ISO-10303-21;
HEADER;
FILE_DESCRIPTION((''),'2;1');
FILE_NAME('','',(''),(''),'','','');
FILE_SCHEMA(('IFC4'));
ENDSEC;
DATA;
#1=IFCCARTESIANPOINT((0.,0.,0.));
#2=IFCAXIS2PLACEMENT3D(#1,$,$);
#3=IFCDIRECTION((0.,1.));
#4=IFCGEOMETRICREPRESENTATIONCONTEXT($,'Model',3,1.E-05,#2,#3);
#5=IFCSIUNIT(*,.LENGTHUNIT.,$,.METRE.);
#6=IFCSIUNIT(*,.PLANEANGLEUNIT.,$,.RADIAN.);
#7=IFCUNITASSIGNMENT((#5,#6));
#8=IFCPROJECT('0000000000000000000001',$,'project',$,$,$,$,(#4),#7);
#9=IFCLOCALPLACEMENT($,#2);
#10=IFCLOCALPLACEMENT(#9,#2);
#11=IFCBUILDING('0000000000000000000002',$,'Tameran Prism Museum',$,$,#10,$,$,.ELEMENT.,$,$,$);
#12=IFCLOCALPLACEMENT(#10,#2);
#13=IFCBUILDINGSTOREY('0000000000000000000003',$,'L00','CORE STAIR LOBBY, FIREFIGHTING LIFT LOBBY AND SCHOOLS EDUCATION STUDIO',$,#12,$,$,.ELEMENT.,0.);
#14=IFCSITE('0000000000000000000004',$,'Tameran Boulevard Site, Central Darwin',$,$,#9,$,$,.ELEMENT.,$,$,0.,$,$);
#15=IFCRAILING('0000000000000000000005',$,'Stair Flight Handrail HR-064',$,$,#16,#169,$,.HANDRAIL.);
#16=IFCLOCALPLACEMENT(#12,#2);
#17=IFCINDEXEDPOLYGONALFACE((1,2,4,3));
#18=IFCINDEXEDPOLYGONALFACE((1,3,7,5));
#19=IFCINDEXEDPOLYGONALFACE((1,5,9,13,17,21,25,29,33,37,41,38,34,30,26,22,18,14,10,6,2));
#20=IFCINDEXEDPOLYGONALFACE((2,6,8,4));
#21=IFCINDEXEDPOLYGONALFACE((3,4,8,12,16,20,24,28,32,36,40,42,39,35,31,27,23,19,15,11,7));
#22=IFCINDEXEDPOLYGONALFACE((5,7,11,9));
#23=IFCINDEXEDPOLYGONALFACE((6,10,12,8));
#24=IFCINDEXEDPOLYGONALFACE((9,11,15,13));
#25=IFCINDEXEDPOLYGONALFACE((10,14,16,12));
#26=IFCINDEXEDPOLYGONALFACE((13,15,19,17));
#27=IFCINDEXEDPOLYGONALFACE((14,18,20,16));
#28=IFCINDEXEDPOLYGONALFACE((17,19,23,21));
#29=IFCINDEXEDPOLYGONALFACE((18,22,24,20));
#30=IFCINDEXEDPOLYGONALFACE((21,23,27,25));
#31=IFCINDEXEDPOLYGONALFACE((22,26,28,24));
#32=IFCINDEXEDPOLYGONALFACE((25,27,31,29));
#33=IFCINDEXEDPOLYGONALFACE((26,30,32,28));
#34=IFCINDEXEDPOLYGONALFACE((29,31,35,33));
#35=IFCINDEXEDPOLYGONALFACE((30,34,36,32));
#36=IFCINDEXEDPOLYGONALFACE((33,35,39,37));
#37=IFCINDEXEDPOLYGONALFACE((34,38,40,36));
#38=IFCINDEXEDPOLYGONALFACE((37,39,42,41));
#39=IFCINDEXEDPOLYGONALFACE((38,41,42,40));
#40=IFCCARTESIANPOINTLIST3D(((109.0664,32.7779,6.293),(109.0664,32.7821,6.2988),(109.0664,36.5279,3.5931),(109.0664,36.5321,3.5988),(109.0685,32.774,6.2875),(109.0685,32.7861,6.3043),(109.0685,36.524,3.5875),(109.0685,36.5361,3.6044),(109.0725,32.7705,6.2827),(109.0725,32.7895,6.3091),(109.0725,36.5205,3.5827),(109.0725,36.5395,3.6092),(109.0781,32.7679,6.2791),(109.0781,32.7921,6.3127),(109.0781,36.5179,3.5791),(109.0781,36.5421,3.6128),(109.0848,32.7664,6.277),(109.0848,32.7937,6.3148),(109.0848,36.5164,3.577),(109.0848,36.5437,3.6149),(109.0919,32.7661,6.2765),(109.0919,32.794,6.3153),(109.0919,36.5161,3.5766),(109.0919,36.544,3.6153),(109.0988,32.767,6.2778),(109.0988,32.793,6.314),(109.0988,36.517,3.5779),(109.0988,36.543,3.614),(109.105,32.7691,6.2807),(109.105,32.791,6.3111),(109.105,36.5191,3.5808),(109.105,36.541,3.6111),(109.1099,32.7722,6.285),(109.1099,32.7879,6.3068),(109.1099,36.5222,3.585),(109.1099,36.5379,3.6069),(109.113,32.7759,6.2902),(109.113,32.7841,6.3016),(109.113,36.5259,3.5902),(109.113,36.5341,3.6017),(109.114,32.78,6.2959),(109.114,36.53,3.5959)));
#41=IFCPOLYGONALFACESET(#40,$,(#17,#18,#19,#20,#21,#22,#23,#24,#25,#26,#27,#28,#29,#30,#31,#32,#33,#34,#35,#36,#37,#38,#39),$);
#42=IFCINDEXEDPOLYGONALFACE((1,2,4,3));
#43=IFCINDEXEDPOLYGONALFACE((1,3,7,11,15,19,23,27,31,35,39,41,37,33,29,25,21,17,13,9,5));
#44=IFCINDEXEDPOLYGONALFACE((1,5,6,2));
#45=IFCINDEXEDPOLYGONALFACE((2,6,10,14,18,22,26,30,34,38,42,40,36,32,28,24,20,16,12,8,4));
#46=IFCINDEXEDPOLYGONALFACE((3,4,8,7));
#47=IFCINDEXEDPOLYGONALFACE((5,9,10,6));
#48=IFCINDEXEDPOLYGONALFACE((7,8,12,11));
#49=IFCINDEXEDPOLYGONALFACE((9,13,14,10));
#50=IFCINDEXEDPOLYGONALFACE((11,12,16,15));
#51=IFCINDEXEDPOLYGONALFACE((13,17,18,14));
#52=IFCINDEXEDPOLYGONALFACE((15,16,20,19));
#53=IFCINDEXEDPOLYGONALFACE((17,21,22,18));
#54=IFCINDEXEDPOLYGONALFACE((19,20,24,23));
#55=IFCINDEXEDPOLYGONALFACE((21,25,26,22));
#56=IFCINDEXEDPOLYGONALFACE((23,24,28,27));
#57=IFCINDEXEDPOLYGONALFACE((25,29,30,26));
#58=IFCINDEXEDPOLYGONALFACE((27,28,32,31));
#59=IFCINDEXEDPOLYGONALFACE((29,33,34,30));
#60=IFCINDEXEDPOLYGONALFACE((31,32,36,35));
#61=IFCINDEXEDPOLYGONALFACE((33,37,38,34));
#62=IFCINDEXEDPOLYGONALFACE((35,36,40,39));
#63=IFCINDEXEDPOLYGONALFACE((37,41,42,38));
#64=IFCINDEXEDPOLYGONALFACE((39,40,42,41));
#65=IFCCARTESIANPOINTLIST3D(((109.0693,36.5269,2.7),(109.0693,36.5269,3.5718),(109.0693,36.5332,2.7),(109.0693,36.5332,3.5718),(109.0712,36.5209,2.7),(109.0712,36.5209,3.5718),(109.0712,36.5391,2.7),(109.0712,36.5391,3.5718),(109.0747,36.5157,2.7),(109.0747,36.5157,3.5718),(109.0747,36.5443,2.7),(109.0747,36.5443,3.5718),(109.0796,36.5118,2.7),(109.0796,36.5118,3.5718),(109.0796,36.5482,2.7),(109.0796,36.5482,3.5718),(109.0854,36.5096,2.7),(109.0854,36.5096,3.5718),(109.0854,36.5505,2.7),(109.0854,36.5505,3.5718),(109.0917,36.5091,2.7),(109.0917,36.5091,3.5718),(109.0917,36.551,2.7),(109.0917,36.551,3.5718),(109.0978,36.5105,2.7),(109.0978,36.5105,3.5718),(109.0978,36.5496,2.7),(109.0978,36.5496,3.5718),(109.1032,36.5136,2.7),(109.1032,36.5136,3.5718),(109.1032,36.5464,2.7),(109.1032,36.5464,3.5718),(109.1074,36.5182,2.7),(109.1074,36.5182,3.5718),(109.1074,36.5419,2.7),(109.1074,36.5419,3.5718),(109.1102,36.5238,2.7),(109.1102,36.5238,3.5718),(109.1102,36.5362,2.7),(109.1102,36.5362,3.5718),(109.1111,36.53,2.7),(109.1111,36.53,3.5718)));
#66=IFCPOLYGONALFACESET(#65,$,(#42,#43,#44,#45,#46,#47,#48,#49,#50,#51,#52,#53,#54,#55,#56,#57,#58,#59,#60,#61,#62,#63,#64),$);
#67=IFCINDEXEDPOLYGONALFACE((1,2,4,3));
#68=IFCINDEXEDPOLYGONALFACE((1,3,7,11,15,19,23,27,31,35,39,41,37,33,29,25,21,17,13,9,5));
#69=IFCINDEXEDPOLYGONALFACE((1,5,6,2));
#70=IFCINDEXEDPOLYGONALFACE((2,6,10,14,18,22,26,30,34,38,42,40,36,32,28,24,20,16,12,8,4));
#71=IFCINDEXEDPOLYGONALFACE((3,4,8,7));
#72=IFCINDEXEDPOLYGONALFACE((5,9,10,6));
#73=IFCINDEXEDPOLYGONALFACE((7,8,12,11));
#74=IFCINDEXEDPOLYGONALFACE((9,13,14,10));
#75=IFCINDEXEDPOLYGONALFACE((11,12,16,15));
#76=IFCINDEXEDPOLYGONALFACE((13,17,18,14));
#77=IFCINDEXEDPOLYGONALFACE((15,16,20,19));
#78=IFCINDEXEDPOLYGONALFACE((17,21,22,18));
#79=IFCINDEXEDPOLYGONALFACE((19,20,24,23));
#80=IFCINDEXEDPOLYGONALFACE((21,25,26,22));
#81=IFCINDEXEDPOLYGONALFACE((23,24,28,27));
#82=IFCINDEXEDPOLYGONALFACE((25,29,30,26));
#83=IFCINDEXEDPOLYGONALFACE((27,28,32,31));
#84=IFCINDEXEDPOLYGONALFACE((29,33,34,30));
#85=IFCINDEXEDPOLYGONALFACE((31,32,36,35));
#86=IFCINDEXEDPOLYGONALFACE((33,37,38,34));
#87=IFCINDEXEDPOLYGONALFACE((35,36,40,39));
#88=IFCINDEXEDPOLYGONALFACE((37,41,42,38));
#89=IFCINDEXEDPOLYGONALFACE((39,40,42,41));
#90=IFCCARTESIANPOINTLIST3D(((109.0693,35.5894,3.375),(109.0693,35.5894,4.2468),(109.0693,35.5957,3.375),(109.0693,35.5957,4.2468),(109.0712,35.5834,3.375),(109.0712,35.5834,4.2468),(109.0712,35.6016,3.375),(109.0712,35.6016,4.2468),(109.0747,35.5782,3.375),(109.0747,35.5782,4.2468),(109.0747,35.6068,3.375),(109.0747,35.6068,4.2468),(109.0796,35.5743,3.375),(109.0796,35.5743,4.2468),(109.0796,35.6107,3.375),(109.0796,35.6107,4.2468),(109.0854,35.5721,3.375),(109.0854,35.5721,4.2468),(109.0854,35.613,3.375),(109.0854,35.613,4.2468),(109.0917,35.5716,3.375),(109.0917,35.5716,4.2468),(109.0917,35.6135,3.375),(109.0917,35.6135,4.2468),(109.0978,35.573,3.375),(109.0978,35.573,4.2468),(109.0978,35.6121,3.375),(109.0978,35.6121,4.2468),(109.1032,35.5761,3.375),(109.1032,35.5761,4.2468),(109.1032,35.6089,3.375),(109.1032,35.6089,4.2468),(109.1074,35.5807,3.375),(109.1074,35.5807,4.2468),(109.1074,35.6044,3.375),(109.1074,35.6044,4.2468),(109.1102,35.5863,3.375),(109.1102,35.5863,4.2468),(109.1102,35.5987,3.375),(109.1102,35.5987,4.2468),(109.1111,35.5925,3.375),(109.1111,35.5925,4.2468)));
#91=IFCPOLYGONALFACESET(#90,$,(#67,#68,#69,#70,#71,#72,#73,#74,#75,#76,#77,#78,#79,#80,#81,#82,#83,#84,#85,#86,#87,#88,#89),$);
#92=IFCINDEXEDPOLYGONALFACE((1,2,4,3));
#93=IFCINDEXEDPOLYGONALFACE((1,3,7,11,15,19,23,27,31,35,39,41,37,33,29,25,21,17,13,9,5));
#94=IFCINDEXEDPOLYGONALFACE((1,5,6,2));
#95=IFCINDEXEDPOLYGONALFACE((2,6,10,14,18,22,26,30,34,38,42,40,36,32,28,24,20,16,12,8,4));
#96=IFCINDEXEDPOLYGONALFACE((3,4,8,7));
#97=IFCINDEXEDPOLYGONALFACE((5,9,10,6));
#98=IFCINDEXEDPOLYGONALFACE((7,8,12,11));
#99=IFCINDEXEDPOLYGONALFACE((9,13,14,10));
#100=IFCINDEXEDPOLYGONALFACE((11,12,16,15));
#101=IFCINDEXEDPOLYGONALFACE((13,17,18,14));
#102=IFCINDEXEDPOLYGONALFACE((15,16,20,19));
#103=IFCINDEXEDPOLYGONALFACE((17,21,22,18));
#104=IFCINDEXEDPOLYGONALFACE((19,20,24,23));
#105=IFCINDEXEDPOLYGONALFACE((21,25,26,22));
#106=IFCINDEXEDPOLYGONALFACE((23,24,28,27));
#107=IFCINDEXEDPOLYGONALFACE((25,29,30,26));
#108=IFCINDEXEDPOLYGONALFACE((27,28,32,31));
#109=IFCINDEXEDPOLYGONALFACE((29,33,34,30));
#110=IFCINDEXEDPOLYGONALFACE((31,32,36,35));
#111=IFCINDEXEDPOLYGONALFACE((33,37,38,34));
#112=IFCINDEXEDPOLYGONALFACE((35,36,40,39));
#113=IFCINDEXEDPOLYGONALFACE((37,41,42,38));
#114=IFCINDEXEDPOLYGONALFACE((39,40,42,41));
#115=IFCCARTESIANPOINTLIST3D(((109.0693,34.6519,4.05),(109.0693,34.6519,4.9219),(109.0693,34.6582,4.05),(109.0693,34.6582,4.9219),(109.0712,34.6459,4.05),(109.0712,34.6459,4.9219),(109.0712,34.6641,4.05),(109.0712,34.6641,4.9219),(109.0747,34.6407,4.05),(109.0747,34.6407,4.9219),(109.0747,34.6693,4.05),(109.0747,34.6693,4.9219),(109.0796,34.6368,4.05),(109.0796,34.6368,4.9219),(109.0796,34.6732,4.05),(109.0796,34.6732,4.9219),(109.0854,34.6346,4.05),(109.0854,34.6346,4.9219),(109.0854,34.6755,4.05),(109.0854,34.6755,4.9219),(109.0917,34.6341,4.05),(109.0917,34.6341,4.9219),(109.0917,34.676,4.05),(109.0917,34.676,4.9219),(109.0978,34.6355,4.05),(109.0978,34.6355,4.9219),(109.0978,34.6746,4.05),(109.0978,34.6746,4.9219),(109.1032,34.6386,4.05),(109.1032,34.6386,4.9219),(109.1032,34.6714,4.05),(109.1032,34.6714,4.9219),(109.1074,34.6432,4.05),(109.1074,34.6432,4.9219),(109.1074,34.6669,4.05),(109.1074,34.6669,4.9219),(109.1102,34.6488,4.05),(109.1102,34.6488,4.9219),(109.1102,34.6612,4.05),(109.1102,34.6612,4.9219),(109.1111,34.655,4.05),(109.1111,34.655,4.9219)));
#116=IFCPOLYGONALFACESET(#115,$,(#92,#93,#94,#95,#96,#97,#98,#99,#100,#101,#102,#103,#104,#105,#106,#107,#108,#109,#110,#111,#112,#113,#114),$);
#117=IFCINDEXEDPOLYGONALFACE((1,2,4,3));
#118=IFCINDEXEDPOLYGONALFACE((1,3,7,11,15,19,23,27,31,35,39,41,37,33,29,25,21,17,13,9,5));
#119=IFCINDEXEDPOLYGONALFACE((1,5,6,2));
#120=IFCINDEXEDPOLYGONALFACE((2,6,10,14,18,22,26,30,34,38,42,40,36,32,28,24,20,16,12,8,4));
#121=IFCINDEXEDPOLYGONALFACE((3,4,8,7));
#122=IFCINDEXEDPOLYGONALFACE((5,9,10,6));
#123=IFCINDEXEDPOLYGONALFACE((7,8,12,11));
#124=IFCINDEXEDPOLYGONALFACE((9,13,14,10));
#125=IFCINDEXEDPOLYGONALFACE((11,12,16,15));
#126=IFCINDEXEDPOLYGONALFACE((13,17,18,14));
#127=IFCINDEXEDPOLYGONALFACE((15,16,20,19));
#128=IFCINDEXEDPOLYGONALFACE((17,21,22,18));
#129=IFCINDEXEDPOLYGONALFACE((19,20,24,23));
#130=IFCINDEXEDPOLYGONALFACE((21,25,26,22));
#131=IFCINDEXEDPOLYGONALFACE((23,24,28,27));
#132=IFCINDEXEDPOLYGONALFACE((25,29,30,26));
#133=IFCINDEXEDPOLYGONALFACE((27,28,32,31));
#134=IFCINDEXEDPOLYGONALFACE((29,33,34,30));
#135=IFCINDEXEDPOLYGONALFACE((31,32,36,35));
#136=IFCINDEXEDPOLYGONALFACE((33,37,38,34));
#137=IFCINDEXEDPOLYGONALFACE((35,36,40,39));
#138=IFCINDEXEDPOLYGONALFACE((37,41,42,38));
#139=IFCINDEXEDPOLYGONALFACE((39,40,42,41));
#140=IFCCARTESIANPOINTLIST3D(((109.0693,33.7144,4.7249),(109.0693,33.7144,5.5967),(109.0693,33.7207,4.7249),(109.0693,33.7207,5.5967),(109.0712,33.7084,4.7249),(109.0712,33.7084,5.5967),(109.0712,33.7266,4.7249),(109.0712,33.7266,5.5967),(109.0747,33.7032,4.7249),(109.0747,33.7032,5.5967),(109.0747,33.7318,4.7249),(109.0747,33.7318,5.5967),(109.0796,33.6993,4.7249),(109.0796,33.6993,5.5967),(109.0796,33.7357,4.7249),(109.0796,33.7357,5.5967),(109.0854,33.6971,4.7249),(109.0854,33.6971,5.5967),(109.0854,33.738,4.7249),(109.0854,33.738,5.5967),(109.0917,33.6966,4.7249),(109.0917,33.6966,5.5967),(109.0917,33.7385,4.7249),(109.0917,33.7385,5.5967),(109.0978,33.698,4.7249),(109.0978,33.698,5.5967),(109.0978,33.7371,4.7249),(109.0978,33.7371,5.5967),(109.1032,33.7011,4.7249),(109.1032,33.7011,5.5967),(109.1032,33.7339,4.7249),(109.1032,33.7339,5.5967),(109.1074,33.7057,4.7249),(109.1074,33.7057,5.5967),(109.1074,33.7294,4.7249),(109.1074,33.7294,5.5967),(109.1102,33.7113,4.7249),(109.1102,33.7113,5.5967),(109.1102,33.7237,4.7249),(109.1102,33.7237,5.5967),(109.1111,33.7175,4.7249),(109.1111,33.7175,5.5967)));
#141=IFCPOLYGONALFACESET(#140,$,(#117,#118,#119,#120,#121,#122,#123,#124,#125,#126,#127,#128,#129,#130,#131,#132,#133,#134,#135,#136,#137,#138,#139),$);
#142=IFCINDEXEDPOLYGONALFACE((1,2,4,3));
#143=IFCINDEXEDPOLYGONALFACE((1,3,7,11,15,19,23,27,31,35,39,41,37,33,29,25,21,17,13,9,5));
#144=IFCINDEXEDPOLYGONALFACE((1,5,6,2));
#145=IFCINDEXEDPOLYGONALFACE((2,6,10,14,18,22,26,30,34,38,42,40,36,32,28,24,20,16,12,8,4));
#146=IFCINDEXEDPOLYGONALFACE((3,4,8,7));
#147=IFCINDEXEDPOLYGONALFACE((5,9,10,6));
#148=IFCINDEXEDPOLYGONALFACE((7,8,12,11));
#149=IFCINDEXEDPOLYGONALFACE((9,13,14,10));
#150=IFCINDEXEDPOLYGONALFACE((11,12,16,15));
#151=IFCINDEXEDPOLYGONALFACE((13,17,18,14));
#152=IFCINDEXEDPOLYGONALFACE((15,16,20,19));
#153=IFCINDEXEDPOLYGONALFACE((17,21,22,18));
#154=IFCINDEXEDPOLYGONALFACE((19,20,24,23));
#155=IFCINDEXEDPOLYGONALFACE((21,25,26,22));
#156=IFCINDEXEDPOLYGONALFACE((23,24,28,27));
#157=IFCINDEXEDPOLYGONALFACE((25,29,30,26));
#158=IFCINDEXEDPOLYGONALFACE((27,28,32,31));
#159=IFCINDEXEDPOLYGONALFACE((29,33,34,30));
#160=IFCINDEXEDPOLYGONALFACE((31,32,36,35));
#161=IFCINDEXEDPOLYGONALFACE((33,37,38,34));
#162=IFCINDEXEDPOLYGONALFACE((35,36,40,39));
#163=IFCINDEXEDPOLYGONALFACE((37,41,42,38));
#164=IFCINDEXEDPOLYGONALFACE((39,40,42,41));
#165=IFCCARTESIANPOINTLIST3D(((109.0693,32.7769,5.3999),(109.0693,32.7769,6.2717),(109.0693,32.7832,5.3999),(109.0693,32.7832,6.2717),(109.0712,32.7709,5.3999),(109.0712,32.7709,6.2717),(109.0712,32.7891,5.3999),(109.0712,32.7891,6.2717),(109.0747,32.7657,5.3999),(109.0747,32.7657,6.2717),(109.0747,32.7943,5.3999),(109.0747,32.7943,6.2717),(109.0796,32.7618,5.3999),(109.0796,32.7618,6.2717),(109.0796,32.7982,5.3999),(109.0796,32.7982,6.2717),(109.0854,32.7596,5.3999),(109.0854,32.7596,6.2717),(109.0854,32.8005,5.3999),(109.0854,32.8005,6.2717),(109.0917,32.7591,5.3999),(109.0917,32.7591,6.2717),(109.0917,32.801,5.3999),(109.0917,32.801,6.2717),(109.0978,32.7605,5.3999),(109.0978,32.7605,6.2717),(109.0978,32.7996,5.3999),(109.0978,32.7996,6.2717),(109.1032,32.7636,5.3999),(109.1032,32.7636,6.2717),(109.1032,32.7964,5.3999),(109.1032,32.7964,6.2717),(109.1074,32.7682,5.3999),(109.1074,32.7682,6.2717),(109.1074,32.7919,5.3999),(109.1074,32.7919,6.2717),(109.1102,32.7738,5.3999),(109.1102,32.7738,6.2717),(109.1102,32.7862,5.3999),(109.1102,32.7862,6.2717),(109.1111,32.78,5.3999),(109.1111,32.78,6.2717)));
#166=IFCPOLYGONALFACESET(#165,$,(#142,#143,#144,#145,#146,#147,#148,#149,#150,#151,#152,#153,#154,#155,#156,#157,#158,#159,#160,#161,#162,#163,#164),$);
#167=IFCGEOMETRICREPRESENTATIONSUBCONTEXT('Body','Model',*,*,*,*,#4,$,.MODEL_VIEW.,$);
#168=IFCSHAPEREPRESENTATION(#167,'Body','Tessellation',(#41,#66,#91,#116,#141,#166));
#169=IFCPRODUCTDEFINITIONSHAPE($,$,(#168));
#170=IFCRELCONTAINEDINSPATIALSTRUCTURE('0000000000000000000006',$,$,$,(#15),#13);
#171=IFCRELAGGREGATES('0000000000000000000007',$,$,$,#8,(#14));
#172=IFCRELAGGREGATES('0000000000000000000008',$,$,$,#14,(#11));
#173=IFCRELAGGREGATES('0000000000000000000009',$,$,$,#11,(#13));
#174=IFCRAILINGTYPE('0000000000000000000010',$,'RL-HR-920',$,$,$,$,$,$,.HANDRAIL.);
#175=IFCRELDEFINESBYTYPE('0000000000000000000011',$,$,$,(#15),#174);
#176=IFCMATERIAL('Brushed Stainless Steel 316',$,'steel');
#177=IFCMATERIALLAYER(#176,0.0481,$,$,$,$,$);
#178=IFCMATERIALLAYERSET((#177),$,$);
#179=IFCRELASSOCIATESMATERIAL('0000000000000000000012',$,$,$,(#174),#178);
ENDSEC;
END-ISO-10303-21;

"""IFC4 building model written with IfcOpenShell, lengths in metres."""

from ifc_helpers import new_model, si_unit, direction, frame, origin, origin_2d, place, context, subcontext, project, spatial, circle, extrude, material, layer, layer_set, type_object, element, save


model = new_model("IFC4")

# Units and contexts
model_context = context("Model", 3, precision=1e-05, world=origin(), true_north=direction((0.0, 1.0)))
body_context = subcontext(model_context, "Body", "Model", "MODEL_VIEW")
ifc_project = project(units=[si_unit("LENGTHUNIT", "METRE"), si_unit("PLANEANGLEUNIT", "RADIAN")], contexts=[model_context])

# Site, building, storey
site_placement = place(None, origin())
site = spatial("IfcSite", under=ifc_project, at=site_placement, Name="Tameran Boulevard Site, Central Darwin", CompositionType="ELEMENT", RefElevation=0.0)
building_placement = place(site_placement, origin())
building = spatial("IfcBuilding", under=site, at=building_placement, Name="Tameran Prism Museum", CompositionType="ELEMENT")
storey_placement = place(building_placement, origin())
storey = spatial("IfcBuildingStorey", under=building, at=storey_placement, Name="L00", Description="CORE STAIR LOBBY, FIREFIGHTING LIFT LOBBY AND SCHOOLS EDUCATION STUDIO", CompositionType="ELEMENT", Elevation=0.0)

# Railing
ifc_material_1 = material(Name="Brushed Stainless Steel 316", Category="steel")
ifc_layer_1 = layer(ifc_material_1, 0.0481)
ifc_layer_set_1 = layer_set([ifc_layer_1])
railing_type_1 = type_object("IfcRailingType", Name="RL-HR-920", PredefinedType="HANDRAIL", material=ifc_layer_set_1)
railing_1_placement = place(storey_placement, frame((109.0901, 36.53, 2.7)))
element("IfcRailing", 1, at=railing_1_placement, inside=storey, type_object=railing_type_1, Name="Stair Flight Handrail HR-064", PredefinedType="HANDRAIL", context=body_context, shape_type="SweptSolid", body=[
    extrude(circle(Radius=0.0239, at=origin_2d()), frame((0.0, 0.0, 0.896), z_axis=(0.0, -0.811539, 0.584298), x_axis=(1.0, 0.0, 0.0)), (0.0, 0.0, 1.0), 4.6208),
    extrude(circle(Radius=0.021, at=origin_2d()), origin(), (0.0, 0.0, 1.0), 0.8718),
    extrude(circle(Radius=0.021, at=origin_2d()), frame((0.0, -0.9375, 0.675)), (0.0, 0.0, 1.0), 0.8718),
    extrude(circle(Radius=0.021, at=origin_2d()), frame((0.0, -1.875, 1.3501)), (0.0, 0.0, 1.0), 0.8718),
    extrude(circle(Radius=0.021, at=origin_2d()), frame((0.0, -2.8125, 2.0249)), (0.0, 0.0, 1.0), 0.8718),
    extrude(circle(Radius=0.021, at=origin_2d()), frame((0.0, -3.75, 2.7)), (0.0, 0.0, 1.0), 0.8718),
])

save(model, "model.ifc")
